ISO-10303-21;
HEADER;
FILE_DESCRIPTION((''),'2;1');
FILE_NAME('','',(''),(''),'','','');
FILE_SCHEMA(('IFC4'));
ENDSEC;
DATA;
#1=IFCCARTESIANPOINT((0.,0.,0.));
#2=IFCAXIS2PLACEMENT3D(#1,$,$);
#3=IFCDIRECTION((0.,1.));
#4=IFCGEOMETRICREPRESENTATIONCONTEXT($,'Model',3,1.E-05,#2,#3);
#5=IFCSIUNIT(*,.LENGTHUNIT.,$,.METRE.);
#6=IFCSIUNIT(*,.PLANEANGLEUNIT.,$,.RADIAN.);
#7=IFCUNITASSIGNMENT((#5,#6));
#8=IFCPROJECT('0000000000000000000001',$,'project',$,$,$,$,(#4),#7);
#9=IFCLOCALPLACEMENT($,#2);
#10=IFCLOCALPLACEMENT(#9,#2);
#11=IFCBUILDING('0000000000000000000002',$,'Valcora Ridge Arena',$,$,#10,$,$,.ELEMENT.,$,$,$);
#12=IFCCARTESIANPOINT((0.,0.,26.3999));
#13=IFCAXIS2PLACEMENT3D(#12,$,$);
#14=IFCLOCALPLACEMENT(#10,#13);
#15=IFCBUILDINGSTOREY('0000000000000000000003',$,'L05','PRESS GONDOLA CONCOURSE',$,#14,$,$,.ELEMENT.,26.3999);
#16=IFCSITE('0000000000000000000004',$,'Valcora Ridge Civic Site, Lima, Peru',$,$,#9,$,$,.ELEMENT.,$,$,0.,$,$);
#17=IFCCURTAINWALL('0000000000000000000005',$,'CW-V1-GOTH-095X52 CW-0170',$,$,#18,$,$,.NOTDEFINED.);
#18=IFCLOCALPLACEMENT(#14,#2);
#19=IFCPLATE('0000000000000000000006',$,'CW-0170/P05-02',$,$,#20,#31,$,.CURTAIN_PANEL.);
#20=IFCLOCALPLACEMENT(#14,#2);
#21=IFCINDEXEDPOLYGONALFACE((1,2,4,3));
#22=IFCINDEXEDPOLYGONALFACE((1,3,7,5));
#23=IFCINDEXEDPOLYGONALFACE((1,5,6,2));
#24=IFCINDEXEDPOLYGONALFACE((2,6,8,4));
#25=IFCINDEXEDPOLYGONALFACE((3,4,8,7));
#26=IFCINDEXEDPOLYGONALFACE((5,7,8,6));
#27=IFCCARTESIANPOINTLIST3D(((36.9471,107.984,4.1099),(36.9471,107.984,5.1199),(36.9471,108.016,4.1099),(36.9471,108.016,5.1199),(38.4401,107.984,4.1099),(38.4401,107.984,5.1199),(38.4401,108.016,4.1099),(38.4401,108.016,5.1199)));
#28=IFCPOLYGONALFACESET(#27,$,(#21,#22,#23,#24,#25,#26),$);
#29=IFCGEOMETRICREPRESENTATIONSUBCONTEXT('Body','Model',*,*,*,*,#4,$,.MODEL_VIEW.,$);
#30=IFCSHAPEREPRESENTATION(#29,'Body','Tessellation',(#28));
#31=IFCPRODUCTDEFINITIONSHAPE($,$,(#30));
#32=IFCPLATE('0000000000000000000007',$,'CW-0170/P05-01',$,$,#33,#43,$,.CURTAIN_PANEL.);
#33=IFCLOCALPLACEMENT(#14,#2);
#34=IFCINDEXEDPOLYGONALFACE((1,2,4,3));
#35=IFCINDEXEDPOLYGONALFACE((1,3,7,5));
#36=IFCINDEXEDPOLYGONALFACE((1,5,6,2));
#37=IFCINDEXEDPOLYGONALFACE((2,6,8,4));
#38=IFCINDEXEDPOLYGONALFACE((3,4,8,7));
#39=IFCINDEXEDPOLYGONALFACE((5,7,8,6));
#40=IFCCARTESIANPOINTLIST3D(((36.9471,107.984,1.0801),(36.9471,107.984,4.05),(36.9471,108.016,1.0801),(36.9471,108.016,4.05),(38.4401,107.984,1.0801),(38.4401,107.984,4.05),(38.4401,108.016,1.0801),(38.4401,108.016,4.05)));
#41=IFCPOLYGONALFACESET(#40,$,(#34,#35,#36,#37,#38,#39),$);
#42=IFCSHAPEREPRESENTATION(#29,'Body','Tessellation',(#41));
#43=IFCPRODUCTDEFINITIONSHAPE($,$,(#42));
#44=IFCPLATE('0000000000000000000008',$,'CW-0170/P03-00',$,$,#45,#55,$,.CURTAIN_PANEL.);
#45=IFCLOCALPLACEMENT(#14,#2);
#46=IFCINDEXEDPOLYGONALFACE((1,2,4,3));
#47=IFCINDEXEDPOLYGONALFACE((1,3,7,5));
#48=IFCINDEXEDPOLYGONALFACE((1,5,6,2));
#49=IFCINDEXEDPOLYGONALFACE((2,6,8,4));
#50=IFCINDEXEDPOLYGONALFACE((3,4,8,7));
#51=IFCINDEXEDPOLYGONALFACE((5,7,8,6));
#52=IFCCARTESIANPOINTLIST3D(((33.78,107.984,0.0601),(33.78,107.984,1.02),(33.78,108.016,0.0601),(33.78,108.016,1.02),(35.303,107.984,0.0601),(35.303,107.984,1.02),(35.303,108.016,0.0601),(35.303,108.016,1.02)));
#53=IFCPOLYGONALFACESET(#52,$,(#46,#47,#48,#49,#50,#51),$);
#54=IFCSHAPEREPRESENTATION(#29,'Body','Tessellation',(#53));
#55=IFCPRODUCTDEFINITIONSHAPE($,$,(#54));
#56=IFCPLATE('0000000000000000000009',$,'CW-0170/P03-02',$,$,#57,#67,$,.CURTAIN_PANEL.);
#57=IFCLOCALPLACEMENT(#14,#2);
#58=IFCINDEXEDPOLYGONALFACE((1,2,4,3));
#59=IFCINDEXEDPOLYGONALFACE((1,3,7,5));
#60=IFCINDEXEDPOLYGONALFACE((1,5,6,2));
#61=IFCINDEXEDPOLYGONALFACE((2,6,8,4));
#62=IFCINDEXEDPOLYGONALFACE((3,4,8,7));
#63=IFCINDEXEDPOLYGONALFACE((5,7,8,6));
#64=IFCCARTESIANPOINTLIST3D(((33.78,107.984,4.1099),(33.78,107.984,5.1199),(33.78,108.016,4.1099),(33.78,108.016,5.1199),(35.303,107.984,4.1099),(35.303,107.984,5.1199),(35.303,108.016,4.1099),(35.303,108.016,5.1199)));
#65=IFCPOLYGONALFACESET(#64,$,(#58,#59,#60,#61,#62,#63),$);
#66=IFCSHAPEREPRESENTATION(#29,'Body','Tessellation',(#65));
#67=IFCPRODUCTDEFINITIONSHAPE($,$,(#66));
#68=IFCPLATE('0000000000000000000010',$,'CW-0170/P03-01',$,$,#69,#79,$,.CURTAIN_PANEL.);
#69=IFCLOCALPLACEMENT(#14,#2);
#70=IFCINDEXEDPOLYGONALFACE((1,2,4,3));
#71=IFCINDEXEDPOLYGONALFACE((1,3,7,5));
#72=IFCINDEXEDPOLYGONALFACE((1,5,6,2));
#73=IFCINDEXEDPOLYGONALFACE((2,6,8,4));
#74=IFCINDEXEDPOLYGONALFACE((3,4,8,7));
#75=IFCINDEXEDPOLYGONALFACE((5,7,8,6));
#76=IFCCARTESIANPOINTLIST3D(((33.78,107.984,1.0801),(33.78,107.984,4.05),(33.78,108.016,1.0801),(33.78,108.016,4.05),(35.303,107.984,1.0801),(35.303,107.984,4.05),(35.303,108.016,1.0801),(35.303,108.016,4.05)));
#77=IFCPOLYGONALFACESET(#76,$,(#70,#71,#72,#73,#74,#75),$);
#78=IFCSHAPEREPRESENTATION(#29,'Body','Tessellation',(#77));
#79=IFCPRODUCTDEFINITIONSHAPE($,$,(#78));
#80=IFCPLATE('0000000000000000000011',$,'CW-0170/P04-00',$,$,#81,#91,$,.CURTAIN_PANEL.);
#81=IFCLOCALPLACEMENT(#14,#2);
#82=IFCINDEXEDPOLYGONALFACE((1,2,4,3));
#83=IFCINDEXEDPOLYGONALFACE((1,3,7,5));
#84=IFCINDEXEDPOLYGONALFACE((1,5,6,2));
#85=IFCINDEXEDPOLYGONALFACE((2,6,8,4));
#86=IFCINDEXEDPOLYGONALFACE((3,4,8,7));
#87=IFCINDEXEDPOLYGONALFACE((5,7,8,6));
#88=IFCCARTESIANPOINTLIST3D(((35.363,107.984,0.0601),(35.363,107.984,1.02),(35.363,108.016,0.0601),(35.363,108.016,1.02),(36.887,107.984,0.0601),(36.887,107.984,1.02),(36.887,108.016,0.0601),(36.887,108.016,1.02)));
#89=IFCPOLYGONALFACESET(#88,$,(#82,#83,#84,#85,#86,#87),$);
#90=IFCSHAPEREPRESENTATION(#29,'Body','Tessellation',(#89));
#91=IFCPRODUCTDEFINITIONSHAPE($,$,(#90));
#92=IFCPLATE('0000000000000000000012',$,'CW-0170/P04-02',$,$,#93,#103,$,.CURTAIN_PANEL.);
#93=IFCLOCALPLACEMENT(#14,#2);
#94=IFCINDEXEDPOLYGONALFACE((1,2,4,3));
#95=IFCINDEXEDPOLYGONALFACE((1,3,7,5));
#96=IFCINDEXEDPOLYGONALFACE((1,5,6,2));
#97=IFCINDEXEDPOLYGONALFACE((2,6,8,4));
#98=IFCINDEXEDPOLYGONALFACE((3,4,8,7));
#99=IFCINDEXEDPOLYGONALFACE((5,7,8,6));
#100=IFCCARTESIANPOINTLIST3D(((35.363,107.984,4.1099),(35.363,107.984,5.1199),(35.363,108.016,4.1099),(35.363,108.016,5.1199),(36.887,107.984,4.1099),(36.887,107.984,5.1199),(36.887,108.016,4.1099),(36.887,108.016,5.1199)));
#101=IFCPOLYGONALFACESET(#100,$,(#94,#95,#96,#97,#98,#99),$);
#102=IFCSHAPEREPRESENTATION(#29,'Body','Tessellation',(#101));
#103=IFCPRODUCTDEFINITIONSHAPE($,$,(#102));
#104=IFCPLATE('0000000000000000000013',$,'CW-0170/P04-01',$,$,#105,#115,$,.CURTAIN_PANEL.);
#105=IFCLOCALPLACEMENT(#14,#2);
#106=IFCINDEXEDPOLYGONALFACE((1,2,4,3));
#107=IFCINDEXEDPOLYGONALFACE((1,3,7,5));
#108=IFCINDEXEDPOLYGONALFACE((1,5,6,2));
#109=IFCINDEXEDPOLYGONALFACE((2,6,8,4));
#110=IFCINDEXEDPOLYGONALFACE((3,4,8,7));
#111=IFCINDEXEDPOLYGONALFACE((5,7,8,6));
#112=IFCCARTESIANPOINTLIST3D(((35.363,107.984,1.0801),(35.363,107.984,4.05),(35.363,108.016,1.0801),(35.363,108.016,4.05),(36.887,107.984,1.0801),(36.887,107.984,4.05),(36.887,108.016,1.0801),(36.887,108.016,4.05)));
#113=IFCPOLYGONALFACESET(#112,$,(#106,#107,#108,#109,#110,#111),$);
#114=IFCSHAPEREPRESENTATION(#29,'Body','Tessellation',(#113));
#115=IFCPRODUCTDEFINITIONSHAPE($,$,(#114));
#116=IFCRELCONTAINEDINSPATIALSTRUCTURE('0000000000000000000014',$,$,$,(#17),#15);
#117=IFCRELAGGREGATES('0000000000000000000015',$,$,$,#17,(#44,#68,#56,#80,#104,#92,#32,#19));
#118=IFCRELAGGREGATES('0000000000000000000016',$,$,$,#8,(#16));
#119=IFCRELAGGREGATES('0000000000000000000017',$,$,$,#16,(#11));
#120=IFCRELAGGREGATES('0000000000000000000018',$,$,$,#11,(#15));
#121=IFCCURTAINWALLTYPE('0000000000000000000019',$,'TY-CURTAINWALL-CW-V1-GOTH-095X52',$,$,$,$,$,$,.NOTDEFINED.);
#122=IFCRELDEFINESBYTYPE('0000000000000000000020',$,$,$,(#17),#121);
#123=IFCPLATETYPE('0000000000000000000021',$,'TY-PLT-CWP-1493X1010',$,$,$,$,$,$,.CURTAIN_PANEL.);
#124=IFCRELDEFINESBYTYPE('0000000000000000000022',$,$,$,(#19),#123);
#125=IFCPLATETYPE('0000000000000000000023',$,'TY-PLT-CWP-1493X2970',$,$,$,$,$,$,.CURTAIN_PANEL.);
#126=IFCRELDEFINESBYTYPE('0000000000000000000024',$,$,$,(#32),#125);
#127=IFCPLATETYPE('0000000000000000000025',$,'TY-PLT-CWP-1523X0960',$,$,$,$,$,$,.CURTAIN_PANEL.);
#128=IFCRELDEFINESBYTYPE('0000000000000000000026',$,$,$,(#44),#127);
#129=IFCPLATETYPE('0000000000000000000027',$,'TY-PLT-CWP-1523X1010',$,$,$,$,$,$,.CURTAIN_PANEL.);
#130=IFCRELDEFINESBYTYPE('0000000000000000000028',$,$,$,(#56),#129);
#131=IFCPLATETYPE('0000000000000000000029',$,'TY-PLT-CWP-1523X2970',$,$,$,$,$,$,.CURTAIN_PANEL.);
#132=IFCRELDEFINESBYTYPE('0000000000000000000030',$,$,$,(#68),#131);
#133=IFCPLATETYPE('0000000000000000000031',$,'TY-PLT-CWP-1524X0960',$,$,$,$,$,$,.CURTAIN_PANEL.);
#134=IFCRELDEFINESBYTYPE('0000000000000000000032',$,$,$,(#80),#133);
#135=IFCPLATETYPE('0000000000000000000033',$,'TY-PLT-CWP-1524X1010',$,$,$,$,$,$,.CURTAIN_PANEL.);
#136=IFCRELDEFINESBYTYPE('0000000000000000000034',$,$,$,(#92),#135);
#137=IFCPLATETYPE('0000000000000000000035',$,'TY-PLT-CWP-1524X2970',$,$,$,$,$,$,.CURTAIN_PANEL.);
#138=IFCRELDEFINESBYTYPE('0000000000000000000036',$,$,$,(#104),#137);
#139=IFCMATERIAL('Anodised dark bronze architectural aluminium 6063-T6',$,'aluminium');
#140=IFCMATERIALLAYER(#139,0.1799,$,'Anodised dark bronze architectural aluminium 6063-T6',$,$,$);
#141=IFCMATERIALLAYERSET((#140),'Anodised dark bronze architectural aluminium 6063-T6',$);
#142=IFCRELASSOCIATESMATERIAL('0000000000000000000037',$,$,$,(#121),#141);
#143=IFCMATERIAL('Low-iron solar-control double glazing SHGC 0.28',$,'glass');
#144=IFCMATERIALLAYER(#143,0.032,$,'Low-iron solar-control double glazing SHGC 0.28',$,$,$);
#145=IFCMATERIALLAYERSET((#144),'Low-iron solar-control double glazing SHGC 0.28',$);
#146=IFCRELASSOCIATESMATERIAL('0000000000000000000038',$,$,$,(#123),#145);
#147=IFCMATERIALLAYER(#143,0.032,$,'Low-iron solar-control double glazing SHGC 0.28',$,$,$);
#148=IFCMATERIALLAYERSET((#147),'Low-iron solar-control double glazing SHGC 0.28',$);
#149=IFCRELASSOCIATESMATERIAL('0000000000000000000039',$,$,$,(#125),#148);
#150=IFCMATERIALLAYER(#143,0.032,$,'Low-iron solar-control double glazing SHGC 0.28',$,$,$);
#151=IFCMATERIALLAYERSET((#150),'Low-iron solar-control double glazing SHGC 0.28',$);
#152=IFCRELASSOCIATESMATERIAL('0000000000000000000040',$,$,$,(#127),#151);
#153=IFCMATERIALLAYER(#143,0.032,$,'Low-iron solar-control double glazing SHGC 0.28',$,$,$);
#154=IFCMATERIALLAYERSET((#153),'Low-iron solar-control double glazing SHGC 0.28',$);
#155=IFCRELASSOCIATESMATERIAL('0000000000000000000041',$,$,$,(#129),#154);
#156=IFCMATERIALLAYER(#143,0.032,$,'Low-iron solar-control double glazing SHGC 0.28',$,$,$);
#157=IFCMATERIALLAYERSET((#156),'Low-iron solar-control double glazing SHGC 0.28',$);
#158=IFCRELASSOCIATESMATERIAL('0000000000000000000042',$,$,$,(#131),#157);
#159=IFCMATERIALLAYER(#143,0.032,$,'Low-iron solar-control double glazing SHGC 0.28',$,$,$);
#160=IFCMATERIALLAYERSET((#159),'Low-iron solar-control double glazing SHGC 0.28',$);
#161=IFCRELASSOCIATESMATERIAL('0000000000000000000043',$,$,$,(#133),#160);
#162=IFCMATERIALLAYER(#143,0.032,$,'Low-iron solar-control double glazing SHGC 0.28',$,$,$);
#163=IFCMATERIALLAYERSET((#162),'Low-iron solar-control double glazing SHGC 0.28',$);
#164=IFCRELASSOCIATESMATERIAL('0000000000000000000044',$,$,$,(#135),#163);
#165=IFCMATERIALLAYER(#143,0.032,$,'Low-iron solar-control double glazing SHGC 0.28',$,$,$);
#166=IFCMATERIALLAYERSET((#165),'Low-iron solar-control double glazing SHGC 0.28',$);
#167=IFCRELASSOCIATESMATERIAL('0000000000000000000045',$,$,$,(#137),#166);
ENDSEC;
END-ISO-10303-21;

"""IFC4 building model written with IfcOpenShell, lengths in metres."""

from ifc_helpers import new_model, si_unit, direction, frame, origin, origin_2d, place, context, subcontext, project, spatial, rectangle, extrude, material, layer, layer_set, type_object, element, aggregate, save


model = new_model("IFC4")

# Units and contexts
model_context = context("Model", 3, precision=1e-05, world=origin(), true_north=direction((0.0, 1.0)))
body_context = subcontext(model_context, "Body", "Model", "MODEL_VIEW")
ifc_project = project(units=[si_unit("LENGTHUNIT", "METRE"), si_unit("PLANEANGLEUNIT", "RADIAN")], contexts=[model_context])

# Site, building, storey
site_placement = place(None, origin())
site = spatial("IfcSite", under=ifc_project, at=site_placement, Name="Valcora Ridge Civic Site, Lima, Peru", CompositionType="ELEMENT", RefElevation=0.0)
building_placement = place(site_placement, origin())
building = spatial("IfcBuilding", under=site, at=building_placement, Name="Valcora Ridge Arena", CompositionType="ELEMENT")
storey_placement = place(building_placement, frame((0.0, 0.0, 26.3999)))
storey = spatial("IfcBuildingStorey", under=building, at=storey_placement, Name="L05", Description="PRESS GONDOLA CONCOURSE", CompositionType="ELEMENT", Elevation=26.3999)

# Curtain wall
ifc_material_1 = material(Name="Anodised dark bronze architectural aluminium 6063-T6", Category="aluminium")
ifc_layer_1 = layer(ifc_material_1, 0.1799, Name="Anodised dark bronze architectural aluminium 6063-T6")
ifc_layer_set_1 = layer_set([ifc_layer_1], Name="Anodised dark bronze architectural aluminium 6063-T6")
curtain_wall_type = type_object("IfcCurtainWallType", Name="TY-CURTAINWALL-CW-V1-GOTH-095X52", PredefinedType="NOTDEFINED", material=ifc_layer_set_1)
curtain_wall_placement = place(storey_placement, origin())
curtain_wall = element("IfcCurtainWall", 1, at=curtain_wall_placement, inside=storey, type_object=curtain_wall_type, Name="CW-V1-GOTH-095X52 CW-0170", PredefinedType="NOTDEFINED")

# Plates
ifc_material_2 = material(Name="Low-iron solar-control double glazing SHGC 0.28", Category="glass")
ifc_layer_2 = layer(ifc_material_2, 0.032, Name="Low-iron solar-control double glazing SHGC 0.28")
ifc_layer_set_2 = layer_set([ifc_layer_2], Name="Low-iron solar-control double glazing SHGC 0.28")
plate_type_1 = type_object("IfcPlateType", Name="TY-PLT-CWP-1493X1010", PredefinedType="CURTAIN_PANEL", material=ifc_layer_set_2)
plate_1_placement = place(storey_placement, frame((37.6936, 108.0, 4.1099), z_axis=(0.0, 0.0, 1.0), x_axis=(1.0, 0.0, 0.0)))
plate_1 = element("IfcPlate", 2, at=plate_1_placement, type_object=plate_type_1, Name="CW-0170/P05-02", PredefinedType="CURTAIN_PANEL", context=body_context, shape_type="SweptSolid", body=[
    extrude(rectangle(XDim=1.4929, YDim=0.032, at=origin_2d()), origin(), (0.0, 0.0, 1.0), 1.01),
])
ifc_layer_3 = layer(ifc_material_2, 0.032, Name="Low-iron solar-control double glazing SHGC 0.28")
ifc_layer_set_3 = layer_set([ifc_layer_3], Name="Low-iron solar-control double glazing SHGC 0.28")
plate_type_2 = type_object("IfcPlateType", Name="TY-PLT-CWP-1493X2970", PredefinedType="CURTAIN_PANEL", material=ifc_layer_set_3)
plate_2_placement = place(storey_placement, frame((37.6936, 108.0, 1.0801), z_axis=(0.0, 0.0, 1.0), x_axis=(1.0, 0.0, 0.0)))
plate_2 = element("IfcPlate", 3, at=plate_2_placement, type_object=plate_type_2, Name="CW-0170/P05-01", PredefinedType="CURTAIN_PANEL", context=body_context, shape_type="SweptSolid", body=[
    extrude(rectangle(XDim=1.4929, YDim=0.032, at=origin_2d()), origin(), (0.0, 0.0, 1.0), 2.97),
])
ifc_layer_4 = layer(ifc_material_2, 0.032, Name="Low-iron solar-control double glazing SHGC 0.28")
ifc_layer_set_4 = layer_set([ifc_layer_4], Name="Low-iron solar-control double glazing SHGC 0.28")
plate_type_3 = type_object("IfcPlateType", Name="TY-PLT-CWP-1523X0960", PredefinedType="CURTAIN_PANEL", material=ifc_layer_set_4)
plate_3_placement = place(storey_placement, frame((34.5415, 108.0, 0.0601), z_axis=(0.0, 0.0, 1.0), x_axis=(1.0, 0.0, 0.0)))
plate_3 = element("IfcPlate", 4, at=plate_3_placement, type_object=plate_type_3, Name="CW-0170/P03-00", PredefinedType="CURTAIN_PANEL", context=body_context, shape_type="SweptSolid", body=[
    extrude(rectangle(XDim=1.5229, YDim=0.032, at=origin_2d()), origin(), (0.0, 0.0, 1.0), 0.96),
])
ifc_layer_5 = layer(ifc_material_2, 0.032, Name="Low-iron solar-control double glazing SHGC 0.28")
ifc_layer_set_5 = layer_set([ifc_layer_5], Name="Low-iron solar-control double glazing SHGC 0.28")
plate_type_4 = type_object("IfcPlateType", Name="TY-PLT-CWP-1523X1010", PredefinedType="CURTAIN_PANEL", material=ifc_layer_set_5)
plate_4_placement = place(storey_placement, frame((34.5415, 108.0, 4.1099), z_axis=(0.0, 0.0, 1.0), x_axis=(1.0, 0.0, 0.0)))
plate_4 = element("IfcPlate", 5, at=plate_4_placement, type_object=plate_type_4, Name="CW-0170/P03-02", PredefinedType="CURTAIN_PANEL", context=body_context, shape_type="SweptSolid", body=[
    extrude(rectangle(XDim=1.5229, YDim=0.032, at=origin_2d()), origin(), (0.0, 0.0, 1.0), 1.01),
])
ifc_layer_6 = layer(ifc_material_2, 0.032, Name="Low-iron solar-control double glazing SHGC 0.28")
ifc_layer_set_6 = layer_set([ifc_layer_6], Name="Low-iron solar-control double glazing SHGC 0.28")
plate_type_5 = type_object("IfcPlateType", Name="TY-PLT-CWP-1523X2970", PredefinedType="CURTAIN_PANEL", material=ifc_layer_set_6)
plate_5_placement = place(storey_placement, frame((34.5415, 108.0, 1.0801), z_axis=(0.0, 0.0, 1.0), x_axis=(1.0, 0.0, 0.0)))
plate_5 = element("IfcPlate", 6, at=plate_5_placement, type_object=plate_type_5, Name="CW-0170/P03-01", PredefinedType="CURTAIN_PANEL", context=body_context, shape_type="SweptSolid", body=[
    extrude(rectangle(XDim=1.5229, YDim=0.032, at=origin_2d()), origin(), (0.0, 0.0, 1.0), 2.97),
])
ifc_layer_7 = layer(ifc_material_2, 0.032, Name="Low-iron solar-control double glazing SHGC 0.28")
ifc_layer_set_7 = layer_set([ifc_layer_7], Name="Low-iron solar-control double glazing SHGC 0.28")
plate_type_6 = type_object("IfcPlateType", Name="TY-PLT-CWP-1524X0960", PredefinedType="CURTAIN_PANEL", material=ifc_layer_set_7)
plate_6_placement = place(storey_placement, frame((36.125, 108.0, 0.0601), z_axis=(0.0, 0.0, 1.0), x_axis=(1.0, 0.0, 0.0)))
plate_6 = element("IfcPlate", 7, at=plate_6_placement, type_object=plate_type_6, Name="CW-0170/P04-00", PredefinedType="CURTAIN_PANEL", context=body_context, shape_type="SweptSolid", body=[
    extrude(rectangle(XDim=1.5239, YDim=0.032, at=origin_2d()), origin(), (0.0, 0.0, 1.0), 0.96),
])
ifc_layer_8 = layer(ifc_material_2, 0.032, Name="Low-iron solar-control double glazing SHGC 0.28")
ifc_layer_set_8 = layer_set([ifc_layer_8], Name="Low-iron solar-control double glazing SHGC 0.28")
plate_type_7 = type_object("IfcPlateType", Name="TY-PLT-CWP-1524X1010", PredefinedType="CURTAIN_PANEL", material=ifc_layer_set_8)
plate_7_placement = place(storey_placement, frame((36.125, 108.0, 4.1099), z_axis=(0.0, 0.0, 1.0), x_axis=(1.0, 0.0, 0.0)))
plate_7 = element("IfcPlate", 8, at=plate_7_placement, type_object=plate_type_7, Name="CW-0170/P04-02", PredefinedType="CURTAIN_PANEL", context=body_context, shape_type="SweptSolid", body=[
    extrude(rectangle(XDim=1.5239, YDim=0.032, at=origin_2d()), origin(), (0.0, 0.0, 1.0), 1.01),
])
ifc_layer_9 = layer(ifc_material_2, 0.032, Name="Low-iron solar-control double glazing SHGC 0.28")
ifc_layer_set_9 = layer_set([ifc_layer_9], Name="Low-iron solar-control double glazing SHGC 0.28")
plate_type_8 = type_object("IfcPlateType", Name="TY-PLT-CWP-1524X2970", PredefinedType="CURTAIN_PANEL", material=ifc_layer_set_9)
plate_8_placement = place(storey_placement, frame((36.125, 108.0, 1.0801), z_axis=(0.0, 0.0, 1.0), x_axis=(1.0, 0.0, 0.0)))
plate_8 = element("IfcPlate", 9, at=plate_8_placement, type_object=plate_type_8, Name="CW-0170/P04-01", PredefinedType="CURTAIN_PANEL", context=body_context, shape_type="SweptSolid", body=[
    extrude(rectangle(XDim=1.5239, YDim=0.032, at=origin_2d()), origin(), (0.0, 0.0, 1.0), 2.97),
])
aggregate(curtain_wall, [plate_3, plate_5, plate_4, plate_6, plate_8, plate_7, plate_2, plate_1])

save(model, "model.ifc")
